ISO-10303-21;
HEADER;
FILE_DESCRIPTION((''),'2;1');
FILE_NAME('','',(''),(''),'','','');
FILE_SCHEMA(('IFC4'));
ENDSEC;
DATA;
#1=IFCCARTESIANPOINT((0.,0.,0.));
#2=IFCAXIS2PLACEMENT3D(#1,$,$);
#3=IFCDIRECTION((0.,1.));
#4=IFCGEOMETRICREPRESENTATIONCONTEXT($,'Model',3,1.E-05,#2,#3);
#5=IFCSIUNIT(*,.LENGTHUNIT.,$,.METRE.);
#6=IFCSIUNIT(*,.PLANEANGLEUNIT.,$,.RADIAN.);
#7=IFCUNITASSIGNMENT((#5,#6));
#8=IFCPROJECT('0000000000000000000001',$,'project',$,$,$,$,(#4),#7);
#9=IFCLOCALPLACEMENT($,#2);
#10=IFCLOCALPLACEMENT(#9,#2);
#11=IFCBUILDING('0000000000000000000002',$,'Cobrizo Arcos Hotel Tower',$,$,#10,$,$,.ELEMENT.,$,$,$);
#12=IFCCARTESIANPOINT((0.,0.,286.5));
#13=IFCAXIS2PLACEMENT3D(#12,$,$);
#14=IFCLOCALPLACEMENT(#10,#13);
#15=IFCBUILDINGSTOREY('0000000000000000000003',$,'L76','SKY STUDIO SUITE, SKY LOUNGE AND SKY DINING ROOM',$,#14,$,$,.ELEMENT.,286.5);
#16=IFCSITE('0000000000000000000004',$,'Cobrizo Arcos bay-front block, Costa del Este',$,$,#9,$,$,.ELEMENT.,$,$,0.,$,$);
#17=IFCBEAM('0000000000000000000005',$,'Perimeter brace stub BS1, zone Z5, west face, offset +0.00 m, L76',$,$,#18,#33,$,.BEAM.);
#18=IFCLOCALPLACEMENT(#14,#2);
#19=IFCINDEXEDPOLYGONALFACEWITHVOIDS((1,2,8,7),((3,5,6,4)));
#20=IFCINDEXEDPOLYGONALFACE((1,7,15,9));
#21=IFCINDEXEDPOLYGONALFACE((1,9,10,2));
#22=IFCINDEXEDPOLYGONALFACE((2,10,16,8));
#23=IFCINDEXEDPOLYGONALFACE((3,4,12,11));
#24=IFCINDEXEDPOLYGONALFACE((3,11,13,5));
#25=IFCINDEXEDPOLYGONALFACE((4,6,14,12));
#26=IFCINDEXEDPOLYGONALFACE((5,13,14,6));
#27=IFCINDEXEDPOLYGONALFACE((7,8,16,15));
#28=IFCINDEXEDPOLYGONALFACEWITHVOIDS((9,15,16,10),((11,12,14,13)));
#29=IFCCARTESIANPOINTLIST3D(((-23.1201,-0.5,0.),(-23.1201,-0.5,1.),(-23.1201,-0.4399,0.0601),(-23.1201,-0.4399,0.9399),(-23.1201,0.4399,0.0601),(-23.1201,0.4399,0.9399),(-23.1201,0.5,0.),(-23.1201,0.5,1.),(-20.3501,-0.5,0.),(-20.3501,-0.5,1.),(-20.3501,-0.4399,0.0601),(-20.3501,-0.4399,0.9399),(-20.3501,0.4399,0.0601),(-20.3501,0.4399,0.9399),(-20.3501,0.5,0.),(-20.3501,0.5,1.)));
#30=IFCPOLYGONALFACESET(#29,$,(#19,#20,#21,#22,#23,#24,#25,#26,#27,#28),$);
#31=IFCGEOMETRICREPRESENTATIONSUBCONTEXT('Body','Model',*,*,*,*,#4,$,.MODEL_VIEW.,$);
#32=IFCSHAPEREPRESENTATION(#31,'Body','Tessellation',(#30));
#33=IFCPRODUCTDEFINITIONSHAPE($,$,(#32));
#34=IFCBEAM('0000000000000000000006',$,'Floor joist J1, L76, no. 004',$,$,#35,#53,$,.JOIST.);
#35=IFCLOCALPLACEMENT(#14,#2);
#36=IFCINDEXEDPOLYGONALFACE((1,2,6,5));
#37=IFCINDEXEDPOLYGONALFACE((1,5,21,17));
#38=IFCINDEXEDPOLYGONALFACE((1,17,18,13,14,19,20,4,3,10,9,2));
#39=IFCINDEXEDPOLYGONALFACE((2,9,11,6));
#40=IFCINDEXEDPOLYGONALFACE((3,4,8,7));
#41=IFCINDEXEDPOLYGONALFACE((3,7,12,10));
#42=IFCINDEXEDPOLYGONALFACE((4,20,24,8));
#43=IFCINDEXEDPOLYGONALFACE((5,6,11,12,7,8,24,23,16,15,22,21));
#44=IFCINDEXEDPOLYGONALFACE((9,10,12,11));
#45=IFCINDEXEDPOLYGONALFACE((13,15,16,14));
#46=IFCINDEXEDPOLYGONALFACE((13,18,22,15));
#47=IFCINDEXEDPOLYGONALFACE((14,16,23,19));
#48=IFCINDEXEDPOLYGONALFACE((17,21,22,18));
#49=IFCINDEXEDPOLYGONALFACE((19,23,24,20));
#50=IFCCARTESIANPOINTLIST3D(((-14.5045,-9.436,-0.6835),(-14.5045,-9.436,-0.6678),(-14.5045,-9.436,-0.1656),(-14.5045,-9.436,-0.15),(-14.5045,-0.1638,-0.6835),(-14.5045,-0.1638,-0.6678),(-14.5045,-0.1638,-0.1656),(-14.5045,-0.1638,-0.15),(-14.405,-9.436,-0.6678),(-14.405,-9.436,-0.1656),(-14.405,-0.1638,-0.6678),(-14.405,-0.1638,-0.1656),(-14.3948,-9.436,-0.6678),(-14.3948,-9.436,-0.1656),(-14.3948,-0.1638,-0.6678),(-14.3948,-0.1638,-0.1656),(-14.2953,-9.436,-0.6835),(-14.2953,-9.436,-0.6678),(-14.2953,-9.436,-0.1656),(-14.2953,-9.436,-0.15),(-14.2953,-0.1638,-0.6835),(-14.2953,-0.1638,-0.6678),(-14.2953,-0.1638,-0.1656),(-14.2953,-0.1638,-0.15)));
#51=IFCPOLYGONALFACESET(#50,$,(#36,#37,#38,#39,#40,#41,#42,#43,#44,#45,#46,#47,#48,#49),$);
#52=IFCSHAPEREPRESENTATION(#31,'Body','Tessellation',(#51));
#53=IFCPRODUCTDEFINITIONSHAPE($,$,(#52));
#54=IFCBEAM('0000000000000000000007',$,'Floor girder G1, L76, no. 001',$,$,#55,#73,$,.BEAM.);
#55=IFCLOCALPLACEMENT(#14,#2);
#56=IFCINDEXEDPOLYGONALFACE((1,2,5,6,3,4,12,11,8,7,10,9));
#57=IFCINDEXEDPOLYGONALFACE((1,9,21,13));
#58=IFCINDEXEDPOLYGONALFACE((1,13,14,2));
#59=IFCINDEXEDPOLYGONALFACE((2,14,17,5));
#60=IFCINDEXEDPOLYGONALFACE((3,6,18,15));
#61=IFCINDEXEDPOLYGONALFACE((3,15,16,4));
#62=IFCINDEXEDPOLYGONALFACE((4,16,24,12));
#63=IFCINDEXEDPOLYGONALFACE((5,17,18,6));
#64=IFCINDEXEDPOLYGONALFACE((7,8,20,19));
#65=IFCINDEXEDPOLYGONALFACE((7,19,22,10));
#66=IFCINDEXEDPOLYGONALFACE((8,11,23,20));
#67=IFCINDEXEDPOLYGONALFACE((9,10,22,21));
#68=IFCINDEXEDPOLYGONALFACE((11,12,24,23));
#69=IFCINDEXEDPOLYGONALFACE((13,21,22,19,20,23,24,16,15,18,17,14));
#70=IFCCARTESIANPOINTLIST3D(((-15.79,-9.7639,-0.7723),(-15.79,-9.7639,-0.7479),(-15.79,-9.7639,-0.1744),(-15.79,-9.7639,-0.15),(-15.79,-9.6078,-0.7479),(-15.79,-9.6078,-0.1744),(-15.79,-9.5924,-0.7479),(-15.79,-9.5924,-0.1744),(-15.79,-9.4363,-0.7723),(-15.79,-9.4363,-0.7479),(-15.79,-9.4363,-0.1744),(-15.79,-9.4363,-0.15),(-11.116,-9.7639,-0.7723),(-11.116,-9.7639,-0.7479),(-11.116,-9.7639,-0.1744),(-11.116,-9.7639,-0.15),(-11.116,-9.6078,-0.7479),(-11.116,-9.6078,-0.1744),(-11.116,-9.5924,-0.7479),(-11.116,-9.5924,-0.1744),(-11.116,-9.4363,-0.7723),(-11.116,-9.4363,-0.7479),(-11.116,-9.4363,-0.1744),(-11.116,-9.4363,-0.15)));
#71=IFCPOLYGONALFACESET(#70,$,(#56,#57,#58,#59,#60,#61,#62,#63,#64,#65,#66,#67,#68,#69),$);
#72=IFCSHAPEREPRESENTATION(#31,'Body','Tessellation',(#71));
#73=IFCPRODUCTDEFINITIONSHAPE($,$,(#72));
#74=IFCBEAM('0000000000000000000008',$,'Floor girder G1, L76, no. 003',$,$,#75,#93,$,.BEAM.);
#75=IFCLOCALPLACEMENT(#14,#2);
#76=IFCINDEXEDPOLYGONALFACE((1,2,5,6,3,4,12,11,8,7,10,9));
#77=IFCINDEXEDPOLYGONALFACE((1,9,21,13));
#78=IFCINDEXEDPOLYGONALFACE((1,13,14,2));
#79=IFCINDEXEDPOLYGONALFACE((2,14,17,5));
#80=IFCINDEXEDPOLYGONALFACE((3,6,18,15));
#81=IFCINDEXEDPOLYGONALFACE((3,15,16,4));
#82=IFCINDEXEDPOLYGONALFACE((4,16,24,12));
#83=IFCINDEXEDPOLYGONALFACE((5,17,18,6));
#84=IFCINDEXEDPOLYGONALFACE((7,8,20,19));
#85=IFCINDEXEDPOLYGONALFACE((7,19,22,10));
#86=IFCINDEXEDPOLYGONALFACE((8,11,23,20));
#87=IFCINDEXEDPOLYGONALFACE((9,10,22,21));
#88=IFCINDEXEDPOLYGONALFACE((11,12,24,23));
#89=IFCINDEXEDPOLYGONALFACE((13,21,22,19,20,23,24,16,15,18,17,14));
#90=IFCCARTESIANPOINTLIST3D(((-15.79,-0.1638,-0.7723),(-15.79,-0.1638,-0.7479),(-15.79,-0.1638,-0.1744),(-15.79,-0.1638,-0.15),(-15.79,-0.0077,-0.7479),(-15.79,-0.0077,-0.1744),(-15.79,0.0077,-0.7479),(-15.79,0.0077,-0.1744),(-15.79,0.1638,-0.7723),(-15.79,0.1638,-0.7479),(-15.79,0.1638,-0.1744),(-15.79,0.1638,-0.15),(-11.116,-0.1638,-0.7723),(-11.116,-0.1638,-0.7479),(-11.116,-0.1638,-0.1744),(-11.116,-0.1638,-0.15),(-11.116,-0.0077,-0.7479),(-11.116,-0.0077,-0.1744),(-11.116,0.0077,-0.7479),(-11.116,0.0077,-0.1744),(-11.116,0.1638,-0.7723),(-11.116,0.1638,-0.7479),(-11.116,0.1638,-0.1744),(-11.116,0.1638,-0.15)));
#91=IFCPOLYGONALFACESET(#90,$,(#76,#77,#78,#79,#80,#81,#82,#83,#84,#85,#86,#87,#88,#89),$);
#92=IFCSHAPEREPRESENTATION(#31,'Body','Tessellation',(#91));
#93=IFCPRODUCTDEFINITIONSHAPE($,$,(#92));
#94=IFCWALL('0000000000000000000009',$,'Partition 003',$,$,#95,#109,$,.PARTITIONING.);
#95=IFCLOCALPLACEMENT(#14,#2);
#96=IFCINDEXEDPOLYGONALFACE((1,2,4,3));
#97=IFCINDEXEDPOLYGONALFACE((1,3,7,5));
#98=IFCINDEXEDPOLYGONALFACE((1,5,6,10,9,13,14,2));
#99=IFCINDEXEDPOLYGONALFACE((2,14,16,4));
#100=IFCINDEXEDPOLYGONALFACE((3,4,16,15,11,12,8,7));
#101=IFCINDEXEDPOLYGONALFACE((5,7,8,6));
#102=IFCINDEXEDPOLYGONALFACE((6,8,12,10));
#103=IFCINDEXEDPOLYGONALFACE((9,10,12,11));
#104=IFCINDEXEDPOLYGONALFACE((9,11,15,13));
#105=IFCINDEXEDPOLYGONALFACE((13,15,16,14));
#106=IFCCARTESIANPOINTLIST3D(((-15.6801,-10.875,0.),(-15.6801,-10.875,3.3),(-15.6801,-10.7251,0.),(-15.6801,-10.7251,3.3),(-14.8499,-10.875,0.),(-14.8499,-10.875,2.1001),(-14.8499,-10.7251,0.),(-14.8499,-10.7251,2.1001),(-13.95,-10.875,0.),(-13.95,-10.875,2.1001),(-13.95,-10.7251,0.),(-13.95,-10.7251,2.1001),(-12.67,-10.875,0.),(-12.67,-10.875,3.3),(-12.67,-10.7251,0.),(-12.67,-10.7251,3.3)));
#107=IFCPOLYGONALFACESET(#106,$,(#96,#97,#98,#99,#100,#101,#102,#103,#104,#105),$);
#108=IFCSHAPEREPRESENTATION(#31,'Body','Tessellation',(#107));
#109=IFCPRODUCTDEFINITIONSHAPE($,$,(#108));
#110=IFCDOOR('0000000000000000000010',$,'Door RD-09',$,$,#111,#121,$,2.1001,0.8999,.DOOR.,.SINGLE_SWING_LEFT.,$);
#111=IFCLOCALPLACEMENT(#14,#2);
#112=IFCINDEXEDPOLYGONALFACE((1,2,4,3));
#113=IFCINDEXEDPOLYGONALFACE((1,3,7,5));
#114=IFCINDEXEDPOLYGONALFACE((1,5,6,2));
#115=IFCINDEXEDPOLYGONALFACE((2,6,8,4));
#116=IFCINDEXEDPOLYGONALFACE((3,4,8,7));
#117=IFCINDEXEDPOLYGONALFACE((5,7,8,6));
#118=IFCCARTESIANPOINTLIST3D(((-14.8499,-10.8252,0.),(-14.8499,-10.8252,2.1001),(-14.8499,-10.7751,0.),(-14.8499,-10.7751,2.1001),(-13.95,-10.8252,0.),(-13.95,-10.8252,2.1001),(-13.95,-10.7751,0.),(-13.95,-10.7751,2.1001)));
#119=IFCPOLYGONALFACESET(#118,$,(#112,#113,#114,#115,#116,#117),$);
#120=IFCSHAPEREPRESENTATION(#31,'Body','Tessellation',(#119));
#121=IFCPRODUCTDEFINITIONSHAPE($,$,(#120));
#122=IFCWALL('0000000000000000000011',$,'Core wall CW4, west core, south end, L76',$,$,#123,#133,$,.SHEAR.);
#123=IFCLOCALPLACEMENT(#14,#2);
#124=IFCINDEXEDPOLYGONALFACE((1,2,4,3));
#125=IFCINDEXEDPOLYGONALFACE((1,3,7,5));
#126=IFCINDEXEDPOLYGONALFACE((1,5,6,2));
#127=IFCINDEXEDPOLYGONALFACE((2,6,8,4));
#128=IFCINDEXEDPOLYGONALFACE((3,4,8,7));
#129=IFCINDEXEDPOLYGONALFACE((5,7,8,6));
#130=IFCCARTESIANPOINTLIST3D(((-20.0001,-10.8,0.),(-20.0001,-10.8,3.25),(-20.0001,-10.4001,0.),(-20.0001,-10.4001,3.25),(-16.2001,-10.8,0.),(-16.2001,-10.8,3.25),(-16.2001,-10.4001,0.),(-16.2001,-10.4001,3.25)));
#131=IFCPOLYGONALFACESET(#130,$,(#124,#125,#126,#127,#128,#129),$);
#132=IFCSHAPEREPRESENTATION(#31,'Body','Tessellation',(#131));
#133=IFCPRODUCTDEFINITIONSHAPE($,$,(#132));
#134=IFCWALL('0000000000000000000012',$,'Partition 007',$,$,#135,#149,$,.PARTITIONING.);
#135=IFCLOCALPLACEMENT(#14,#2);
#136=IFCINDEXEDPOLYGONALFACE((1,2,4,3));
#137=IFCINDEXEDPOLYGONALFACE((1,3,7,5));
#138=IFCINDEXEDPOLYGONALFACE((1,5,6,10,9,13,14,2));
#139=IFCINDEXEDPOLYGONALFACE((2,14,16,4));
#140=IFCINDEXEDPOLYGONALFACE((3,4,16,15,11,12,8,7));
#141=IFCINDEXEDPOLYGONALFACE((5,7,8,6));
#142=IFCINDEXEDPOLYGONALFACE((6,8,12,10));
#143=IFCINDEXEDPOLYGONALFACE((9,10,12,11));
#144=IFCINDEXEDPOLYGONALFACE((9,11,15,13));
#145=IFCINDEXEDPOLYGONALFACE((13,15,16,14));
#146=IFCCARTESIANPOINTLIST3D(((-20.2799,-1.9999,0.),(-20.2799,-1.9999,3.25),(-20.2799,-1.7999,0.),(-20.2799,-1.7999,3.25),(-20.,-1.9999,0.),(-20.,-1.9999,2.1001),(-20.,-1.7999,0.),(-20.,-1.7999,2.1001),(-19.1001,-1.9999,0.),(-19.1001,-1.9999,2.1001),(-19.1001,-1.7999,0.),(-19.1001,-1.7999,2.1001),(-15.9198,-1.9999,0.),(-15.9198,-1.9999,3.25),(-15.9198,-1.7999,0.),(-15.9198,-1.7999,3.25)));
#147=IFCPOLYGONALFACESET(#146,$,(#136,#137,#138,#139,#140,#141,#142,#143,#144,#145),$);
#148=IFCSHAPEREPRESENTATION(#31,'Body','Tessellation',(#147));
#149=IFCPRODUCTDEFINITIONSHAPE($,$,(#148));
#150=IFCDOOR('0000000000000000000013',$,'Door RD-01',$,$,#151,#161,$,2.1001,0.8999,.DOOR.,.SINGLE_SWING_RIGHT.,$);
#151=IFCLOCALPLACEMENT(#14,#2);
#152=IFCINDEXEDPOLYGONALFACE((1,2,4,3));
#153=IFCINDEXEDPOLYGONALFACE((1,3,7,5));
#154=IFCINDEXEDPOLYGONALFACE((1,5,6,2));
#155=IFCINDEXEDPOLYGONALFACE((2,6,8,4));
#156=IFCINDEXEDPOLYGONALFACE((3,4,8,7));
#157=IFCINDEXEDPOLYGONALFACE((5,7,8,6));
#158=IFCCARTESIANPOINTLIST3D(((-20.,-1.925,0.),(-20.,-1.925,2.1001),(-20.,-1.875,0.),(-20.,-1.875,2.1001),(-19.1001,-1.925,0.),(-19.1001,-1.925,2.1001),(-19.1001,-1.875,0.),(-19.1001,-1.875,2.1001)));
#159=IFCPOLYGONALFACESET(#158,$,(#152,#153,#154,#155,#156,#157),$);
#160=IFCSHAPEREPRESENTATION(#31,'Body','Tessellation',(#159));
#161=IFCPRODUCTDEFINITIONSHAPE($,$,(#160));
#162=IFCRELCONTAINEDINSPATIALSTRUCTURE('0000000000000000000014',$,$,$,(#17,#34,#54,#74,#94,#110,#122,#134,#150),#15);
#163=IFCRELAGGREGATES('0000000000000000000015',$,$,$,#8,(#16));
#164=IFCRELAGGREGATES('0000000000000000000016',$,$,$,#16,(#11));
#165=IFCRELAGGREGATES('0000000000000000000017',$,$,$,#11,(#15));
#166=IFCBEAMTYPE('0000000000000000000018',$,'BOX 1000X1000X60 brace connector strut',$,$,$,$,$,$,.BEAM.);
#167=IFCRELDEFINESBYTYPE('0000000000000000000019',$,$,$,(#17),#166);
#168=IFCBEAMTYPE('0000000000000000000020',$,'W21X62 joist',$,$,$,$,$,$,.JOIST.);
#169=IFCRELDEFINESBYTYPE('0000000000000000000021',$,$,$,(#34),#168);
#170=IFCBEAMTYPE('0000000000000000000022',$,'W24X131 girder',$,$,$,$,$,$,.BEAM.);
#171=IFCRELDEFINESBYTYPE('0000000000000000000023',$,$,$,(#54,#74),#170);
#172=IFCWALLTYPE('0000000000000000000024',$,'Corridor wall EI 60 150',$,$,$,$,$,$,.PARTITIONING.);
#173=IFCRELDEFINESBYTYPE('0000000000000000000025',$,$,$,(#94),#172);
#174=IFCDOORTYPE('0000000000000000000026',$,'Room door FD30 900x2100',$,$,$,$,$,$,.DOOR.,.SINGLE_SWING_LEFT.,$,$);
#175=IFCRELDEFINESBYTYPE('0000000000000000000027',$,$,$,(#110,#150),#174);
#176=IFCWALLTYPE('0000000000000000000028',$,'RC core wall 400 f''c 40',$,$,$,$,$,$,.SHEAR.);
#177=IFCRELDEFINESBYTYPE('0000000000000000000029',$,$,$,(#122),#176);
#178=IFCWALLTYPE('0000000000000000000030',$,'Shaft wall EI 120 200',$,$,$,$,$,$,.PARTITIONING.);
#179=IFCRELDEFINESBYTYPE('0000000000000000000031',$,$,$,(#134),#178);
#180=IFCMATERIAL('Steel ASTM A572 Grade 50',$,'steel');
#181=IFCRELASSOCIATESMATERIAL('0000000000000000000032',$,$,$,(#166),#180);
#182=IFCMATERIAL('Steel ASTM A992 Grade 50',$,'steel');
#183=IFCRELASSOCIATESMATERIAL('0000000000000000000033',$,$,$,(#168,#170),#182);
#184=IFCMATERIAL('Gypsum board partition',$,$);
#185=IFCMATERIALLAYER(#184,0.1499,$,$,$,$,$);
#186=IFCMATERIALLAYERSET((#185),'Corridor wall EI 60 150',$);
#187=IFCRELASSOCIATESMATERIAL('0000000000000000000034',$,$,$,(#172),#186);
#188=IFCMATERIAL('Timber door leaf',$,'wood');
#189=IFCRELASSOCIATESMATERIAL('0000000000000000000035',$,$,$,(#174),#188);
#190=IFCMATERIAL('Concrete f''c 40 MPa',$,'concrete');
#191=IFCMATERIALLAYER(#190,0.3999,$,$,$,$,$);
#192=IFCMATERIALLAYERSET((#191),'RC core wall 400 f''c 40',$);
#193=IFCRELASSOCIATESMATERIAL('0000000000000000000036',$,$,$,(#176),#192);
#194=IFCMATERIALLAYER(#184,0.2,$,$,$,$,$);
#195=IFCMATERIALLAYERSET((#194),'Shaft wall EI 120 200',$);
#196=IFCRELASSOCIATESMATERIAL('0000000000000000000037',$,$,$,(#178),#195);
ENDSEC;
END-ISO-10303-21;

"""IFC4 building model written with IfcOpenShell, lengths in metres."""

from ifc_helpers import new_model, si_unit, direction, frame, frame_2d, origin, origin_2d, place, context, subcontext, project, spatial, rectangle, hollow_rectangle, i_section, extrude, material, layer, layer_set, material_profile, profile_set, type_object, element, fill, save


model = new_model("IFC4")

# Units and contexts
model_context = context("Model", 3, precision=1e-05, world=origin(), true_north=direction((0.0, 1.0)))
body_context = subcontext(model_context, "Body", "Model", "MODEL_VIEW")
ifc_project = project(units=[si_unit("LENGTHUNIT", "METRE"), si_unit("PLANEANGLEUNIT", "RADIAN")], contexts=[model_context])

# Site, building, storey
site_placement = place(None, origin())
site = spatial("IfcSite", under=ifc_project, at=site_placement, Name="Cobrizo Arcos bay-front block, Costa del Este", CompositionType="ELEMENT", RefElevation=0.0)
building_placement = place(site_placement, origin())
building = spatial("IfcBuilding", under=site, at=building_placement, Name="Cobrizo Arcos Hotel Tower", CompositionType="ELEMENT")
storey_placement = place(building_placement, frame((0.0, 0.0, 286.5)))
storey = spatial("IfcBuildingStorey", under=building, at=storey_placement, Name="L76", Description="SKY STUDIO SUITE, SKY LOUNGE AND SKY DINING ROOM", CompositionType="ELEMENT", Elevation=286.5)

# Beams
ifc_material_1 = material(Name="Steel ASTM A572 Grade 50", Category="steel")
ifc_material_profile_1 = material_profile(ifc_material_1, hollow_rectangle(XDim=1.0, YDim=1.0, WallThickness=0.0601, at=origin_2d()), Name="BOX 1000X1000X60")
ifc_profile_set_1 = profile_set([ifc_material_profile_1], Name="Steel ASTM A572 Grade 50")
beam_type_1 = type_object("IfcBeamType", Name="BOX 1000X1000X60 brace connector strut", PredefinedType="BEAM", material=ifc_profile_set_1)
beam_1_placement = place(storey_placement, frame((-20.3501, 0.0, 0.5), z_axis=(-1.0, 0.0, 0.0), x_axis=(0.0, -1.0, 0.0)))
element("IfcBeam", 1, at=beam_1_placement, inside=storey, type_object=beam_type_1, Name="Perimeter brace stub BS1, zone Z5, west face, offset +0.00 m, L76", PredefinedType="BEAM", context=body_context, shape_type="SweptSolid", body=[
    extrude(hollow_rectangle(XDim=1.0, YDim=1.0, WallThickness=0.0601, at=origin_2d()), origin(), (0.0, 0.0, 1.0), 2.77),
])
ifc_material_2 = material(Name="Steel ASTM A992 Grade 50", Category="steel")
ifc_material_profile_2 = material_profile(ifc_material_2, i_section(OverallWidth=0.2092, OverallDepth=0.5334, WebThickness=0.0103, FlangeThickness=0.0156, at=origin_2d()), Name="W21X62")
ifc_profile_set_2 = profile_set([ifc_material_profile_2], Name="Steel ASTM A992 Grade 50")
beam_type_2 = type_object("IfcBeamType", Name="W21X62 joist", PredefinedType="JOIST", material=ifc_profile_set_2)
beam_2_placement = place(storey_placement, frame((-14.3999, -9.436, -0.4167), z_axis=(0.0, 1.0, 0.0), x_axis=(-1.0, 0.0, 0.0)))
element("IfcBeam", 2, at=beam_2_placement, inside=storey, type_object=beam_type_2, Name="Floor joist J1, L76, no. 004", PredefinedType="JOIST", context=body_context, shape_type="SweptSolid", body=[
    extrude(i_section(OverallWidth=0.2092, OverallDepth=0.5334, WebThickness=0.0103, FlangeThickness=0.0156, at=origin_2d()), origin(), (0.0, 0.0, 1.0), 9.2722),
])
ifc_material_profile_3 = material_profile(ifc_material_2, i_section(OverallWidth=0.3276, OverallDepth=0.6223, WebThickness=0.0154, FlangeThickness=0.0244, at=origin_2d()), Name="W24X131")
ifc_profile_set_3 = profile_set([ifc_material_profile_3], Name="Steel ASTM A992 Grade 50")
beam_type_3 = type_object("IfcBeamType", Name="W24X131 girder", PredefinedType="BEAM", material=ifc_profile_set_3)
for number, where, z_axis, x_axis, name in (
    (3, (-15.79, -9.6001, -0.4612), (1.0, 0.0, 0.0), (0.0, 1.0, 0.0), "Floor girder G1, L76, no. 001"),
    (4, (-15.79, 0.0, -0.4612), (1.0, 0.0, 0.0), (0.0, 1.0, 0.0), "Floor girder G1, L76, no. 003"),
):
    element("IfcBeam", number, at=place(storey_placement, frame(where, z_axis=z_axis, x_axis=x_axis)), inside=storey, type_object=beam_type_3, Name=name, PredefinedType="BEAM", context=body_context, shape_type="SweptSolid", body=[
        extrude(i_section(OverallWidth=0.3276, OverallDepth=0.6223, WebThickness=0.0154, FlangeThickness=0.0244, at=origin_2d()), origin(), (0.0, 0.0, 1.0), 4.6741),
    ])

# Wall, opening, door
ifc_material_3 = material(Name="Gypsum board partition")
ifc_layer_1 = layer(ifc_material_3, 0.1499)
ifc_layer_set_1 = layer_set([ifc_layer_1], Name="Corridor wall EI 60 150")
wall_type_1 = type_object("IfcWallType", Name="Corridor wall EI 60 150", PredefinedType="PARTITIONING", material=ifc_layer_set_1)
wall_1_placement = place(storey_placement, frame((-15.6799, -10.8, 0.0), z_axis=(0.0, 0.0, 1.0), x_axis=(1.0, 0.0, 0.0)))
wall_1 = element("IfcWall", 5, at=wall_1_placement, inside=storey, type_object=wall_type_1, Name="Partition 003", PredefinedType="PARTITIONING", context=body_context, shape_type="SweptSolid", body=[
    extrude(rectangle(XDim=3.01, YDim=0.1499, at=frame_2d((1.5049, 0.0))), origin(), (0.0, 0.0, 1.0), 3.3),
])
opening_1_placement = place(wall_1_placement, frame((0.8301, 0.0, 0.0)))
opening_1 = element("IfcOpeningElement", 6, at=opening_1_placement, cuts=wall_1, PredefinedType="OPENING", context=body_context, shape_type="SweptSolid", body=[
    extrude(rectangle(XDim=0.8999, YDim=2.1001, at=frame_2d((0.45, 1.05))), frame((0.0, 0.0869, 0.0), z_axis=(0.0, -1.0, 0.0), x_axis=(1.0, 0.0, 0.0)), (0.0, 0.0, 1.0), 0.1738),
])
ifc_material_4 = material(Name="Timber door leaf", Category="wood")
door_type_1 = type_object("IfcDoorType", Name="Room door FD30 900x2100", OperationType="SINGLE_SWING_LEFT", PredefinedType="DOOR", material=ifc_material_4)
door_1_placement = place(opening_1_placement, origin())
door_1 = element("IfcDoor", 7, at=door_1_placement, inside=storey, type_object=door_type_1, Name="Door RD-09", OperationType="SINGLE_SWING_LEFT", OverallHeight=2.1001, OverallWidth=0.8999, PredefinedType="DOOR", context=body_context, shape_type="SweptSolid", body=[
    extrude(rectangle(XDim=0.8999, YDim=2.1001, at=frame_2d((0.45, 1.05))), frame((0.0, 0.0249, 0.0), z_axis=(0.0, -1.0, 0.0), x_axis=(1.0, 0.0, 0.0)), (0.0, 0.0, 1.0), 0.05),
])
fill(opening_1, door_1)

# Wall
ifc_material_5 = material(Name="Concrete f'c 40 MPa", Category="concrete")
ifc_layer_2 = layer(ifc_material_5, 0.3999)
ifc_layer_set_2 = layer_set([ifc_layer_2], Name="RC core wall 400 f'c 40")
wall_type_2 = type_object("IfcWallType", Name="RC core wall 400 f'c 40", PredefinedType="SHEAR", material=ifc_layer_set_2)
wall_2_placement = place(storey_placement, frame((-20.0, -10.6001, 0.0), z_axis=(0.0, 0.0, 1.0), x_axis=(1.0, 0.0, 0.0)))
element("IfcWall", 8, at=wall_2_placement, inside=storey, type_object=wall_type_2, Name="Core wall CW4, west core, south end, L76", PredefinedType="SHEAR", context=body_context, shape_type="SweptSolid", body=[
    extrude(rectangle(XDim=3.8, YDim=0.3999, at=frame_2d((1.8999, 0.0))), origin(), (0.0, 0.0, 1.0), 3.25),
])

# Wall, opening, door
ifc_layer_3 = layer(ifc_material_3, 0.2)
ifc_layer_set_3 = layer_set([ifc_layer_3], Name="Shaft wall EI 120 200")
wall_type_3 = type_object("IfcWallType", Name="Shaft wall EI 120 200", PredefinedType="PARTITIONING", material=ifc_layer_set_3)
wall_3_placement = place(storey_placement, frame((-20.28, -1.8999, 0.0), z_axis=(0.0, 0.0, 1.0), x_axis=(1.0, 0.0, 0.0)))
wall_3 = element("IfcWall", 9, at=wall_3_placement, inside=storey, type_object=wall_type_3, Name="Partition 007", PredefinedType="PARTITIONING", context=body_context, shape_type="SweptSolid", body=[
    extrude(rectangle(XDim=4.3601, YDim=0.2, at=frame_2d((2.1802, 0.0))), origin(), (0.0, 0.0, 1.0), 3.25),
])
opening_2_placement = place(wall_3_placement, frame((0.28, 0.0, 0.0)))
opening_2 = element("IfcOpeningElement", 10, at=opening_2_placement, cuts=wall_3, PredefinedType="OPENING", context=body_context, shape_type="SweptSolid", body=[
    extrude(rectangle(XDim=0.8999, YDim=2.1001, at=frame_2d((0.45, 1.05))), frame((0.0, 0.1121, 0.0), z_axis=(0.0, -1.0, 0.0), x_axis=(1.0, 0.0, 0.0)), (0.0, 0.0, 1.0), 0.2239),
])
door_2_placement = place(opening_2_placement, origin())
door_2 = element("IfcDoor", 11, at=door_2_placement, inside=storey, type_object=door_type_1, Name="Door RD-01", OperationType="SINGLE_SWING_RIGHT", OverallHeight=2.1001, OverallWidth=0.8999, PredefinedType="DOOR", context=body_context, shape_type="SweptSolid", body=[
    extrude(rectangle(XDim=0.8999, YDim=2.1001, at=frame_2d((0.45, 1.05))), frame((0.0, 0.0249, 0.0), z_axis=(0.0, -1.0, 0.0), x_axis=(1.0, 0.0, 0.0)), (0.0, 0.0, 1.0), 0.05),
])
fill(opening_2, door_2)

save(model, "model.ifc")
